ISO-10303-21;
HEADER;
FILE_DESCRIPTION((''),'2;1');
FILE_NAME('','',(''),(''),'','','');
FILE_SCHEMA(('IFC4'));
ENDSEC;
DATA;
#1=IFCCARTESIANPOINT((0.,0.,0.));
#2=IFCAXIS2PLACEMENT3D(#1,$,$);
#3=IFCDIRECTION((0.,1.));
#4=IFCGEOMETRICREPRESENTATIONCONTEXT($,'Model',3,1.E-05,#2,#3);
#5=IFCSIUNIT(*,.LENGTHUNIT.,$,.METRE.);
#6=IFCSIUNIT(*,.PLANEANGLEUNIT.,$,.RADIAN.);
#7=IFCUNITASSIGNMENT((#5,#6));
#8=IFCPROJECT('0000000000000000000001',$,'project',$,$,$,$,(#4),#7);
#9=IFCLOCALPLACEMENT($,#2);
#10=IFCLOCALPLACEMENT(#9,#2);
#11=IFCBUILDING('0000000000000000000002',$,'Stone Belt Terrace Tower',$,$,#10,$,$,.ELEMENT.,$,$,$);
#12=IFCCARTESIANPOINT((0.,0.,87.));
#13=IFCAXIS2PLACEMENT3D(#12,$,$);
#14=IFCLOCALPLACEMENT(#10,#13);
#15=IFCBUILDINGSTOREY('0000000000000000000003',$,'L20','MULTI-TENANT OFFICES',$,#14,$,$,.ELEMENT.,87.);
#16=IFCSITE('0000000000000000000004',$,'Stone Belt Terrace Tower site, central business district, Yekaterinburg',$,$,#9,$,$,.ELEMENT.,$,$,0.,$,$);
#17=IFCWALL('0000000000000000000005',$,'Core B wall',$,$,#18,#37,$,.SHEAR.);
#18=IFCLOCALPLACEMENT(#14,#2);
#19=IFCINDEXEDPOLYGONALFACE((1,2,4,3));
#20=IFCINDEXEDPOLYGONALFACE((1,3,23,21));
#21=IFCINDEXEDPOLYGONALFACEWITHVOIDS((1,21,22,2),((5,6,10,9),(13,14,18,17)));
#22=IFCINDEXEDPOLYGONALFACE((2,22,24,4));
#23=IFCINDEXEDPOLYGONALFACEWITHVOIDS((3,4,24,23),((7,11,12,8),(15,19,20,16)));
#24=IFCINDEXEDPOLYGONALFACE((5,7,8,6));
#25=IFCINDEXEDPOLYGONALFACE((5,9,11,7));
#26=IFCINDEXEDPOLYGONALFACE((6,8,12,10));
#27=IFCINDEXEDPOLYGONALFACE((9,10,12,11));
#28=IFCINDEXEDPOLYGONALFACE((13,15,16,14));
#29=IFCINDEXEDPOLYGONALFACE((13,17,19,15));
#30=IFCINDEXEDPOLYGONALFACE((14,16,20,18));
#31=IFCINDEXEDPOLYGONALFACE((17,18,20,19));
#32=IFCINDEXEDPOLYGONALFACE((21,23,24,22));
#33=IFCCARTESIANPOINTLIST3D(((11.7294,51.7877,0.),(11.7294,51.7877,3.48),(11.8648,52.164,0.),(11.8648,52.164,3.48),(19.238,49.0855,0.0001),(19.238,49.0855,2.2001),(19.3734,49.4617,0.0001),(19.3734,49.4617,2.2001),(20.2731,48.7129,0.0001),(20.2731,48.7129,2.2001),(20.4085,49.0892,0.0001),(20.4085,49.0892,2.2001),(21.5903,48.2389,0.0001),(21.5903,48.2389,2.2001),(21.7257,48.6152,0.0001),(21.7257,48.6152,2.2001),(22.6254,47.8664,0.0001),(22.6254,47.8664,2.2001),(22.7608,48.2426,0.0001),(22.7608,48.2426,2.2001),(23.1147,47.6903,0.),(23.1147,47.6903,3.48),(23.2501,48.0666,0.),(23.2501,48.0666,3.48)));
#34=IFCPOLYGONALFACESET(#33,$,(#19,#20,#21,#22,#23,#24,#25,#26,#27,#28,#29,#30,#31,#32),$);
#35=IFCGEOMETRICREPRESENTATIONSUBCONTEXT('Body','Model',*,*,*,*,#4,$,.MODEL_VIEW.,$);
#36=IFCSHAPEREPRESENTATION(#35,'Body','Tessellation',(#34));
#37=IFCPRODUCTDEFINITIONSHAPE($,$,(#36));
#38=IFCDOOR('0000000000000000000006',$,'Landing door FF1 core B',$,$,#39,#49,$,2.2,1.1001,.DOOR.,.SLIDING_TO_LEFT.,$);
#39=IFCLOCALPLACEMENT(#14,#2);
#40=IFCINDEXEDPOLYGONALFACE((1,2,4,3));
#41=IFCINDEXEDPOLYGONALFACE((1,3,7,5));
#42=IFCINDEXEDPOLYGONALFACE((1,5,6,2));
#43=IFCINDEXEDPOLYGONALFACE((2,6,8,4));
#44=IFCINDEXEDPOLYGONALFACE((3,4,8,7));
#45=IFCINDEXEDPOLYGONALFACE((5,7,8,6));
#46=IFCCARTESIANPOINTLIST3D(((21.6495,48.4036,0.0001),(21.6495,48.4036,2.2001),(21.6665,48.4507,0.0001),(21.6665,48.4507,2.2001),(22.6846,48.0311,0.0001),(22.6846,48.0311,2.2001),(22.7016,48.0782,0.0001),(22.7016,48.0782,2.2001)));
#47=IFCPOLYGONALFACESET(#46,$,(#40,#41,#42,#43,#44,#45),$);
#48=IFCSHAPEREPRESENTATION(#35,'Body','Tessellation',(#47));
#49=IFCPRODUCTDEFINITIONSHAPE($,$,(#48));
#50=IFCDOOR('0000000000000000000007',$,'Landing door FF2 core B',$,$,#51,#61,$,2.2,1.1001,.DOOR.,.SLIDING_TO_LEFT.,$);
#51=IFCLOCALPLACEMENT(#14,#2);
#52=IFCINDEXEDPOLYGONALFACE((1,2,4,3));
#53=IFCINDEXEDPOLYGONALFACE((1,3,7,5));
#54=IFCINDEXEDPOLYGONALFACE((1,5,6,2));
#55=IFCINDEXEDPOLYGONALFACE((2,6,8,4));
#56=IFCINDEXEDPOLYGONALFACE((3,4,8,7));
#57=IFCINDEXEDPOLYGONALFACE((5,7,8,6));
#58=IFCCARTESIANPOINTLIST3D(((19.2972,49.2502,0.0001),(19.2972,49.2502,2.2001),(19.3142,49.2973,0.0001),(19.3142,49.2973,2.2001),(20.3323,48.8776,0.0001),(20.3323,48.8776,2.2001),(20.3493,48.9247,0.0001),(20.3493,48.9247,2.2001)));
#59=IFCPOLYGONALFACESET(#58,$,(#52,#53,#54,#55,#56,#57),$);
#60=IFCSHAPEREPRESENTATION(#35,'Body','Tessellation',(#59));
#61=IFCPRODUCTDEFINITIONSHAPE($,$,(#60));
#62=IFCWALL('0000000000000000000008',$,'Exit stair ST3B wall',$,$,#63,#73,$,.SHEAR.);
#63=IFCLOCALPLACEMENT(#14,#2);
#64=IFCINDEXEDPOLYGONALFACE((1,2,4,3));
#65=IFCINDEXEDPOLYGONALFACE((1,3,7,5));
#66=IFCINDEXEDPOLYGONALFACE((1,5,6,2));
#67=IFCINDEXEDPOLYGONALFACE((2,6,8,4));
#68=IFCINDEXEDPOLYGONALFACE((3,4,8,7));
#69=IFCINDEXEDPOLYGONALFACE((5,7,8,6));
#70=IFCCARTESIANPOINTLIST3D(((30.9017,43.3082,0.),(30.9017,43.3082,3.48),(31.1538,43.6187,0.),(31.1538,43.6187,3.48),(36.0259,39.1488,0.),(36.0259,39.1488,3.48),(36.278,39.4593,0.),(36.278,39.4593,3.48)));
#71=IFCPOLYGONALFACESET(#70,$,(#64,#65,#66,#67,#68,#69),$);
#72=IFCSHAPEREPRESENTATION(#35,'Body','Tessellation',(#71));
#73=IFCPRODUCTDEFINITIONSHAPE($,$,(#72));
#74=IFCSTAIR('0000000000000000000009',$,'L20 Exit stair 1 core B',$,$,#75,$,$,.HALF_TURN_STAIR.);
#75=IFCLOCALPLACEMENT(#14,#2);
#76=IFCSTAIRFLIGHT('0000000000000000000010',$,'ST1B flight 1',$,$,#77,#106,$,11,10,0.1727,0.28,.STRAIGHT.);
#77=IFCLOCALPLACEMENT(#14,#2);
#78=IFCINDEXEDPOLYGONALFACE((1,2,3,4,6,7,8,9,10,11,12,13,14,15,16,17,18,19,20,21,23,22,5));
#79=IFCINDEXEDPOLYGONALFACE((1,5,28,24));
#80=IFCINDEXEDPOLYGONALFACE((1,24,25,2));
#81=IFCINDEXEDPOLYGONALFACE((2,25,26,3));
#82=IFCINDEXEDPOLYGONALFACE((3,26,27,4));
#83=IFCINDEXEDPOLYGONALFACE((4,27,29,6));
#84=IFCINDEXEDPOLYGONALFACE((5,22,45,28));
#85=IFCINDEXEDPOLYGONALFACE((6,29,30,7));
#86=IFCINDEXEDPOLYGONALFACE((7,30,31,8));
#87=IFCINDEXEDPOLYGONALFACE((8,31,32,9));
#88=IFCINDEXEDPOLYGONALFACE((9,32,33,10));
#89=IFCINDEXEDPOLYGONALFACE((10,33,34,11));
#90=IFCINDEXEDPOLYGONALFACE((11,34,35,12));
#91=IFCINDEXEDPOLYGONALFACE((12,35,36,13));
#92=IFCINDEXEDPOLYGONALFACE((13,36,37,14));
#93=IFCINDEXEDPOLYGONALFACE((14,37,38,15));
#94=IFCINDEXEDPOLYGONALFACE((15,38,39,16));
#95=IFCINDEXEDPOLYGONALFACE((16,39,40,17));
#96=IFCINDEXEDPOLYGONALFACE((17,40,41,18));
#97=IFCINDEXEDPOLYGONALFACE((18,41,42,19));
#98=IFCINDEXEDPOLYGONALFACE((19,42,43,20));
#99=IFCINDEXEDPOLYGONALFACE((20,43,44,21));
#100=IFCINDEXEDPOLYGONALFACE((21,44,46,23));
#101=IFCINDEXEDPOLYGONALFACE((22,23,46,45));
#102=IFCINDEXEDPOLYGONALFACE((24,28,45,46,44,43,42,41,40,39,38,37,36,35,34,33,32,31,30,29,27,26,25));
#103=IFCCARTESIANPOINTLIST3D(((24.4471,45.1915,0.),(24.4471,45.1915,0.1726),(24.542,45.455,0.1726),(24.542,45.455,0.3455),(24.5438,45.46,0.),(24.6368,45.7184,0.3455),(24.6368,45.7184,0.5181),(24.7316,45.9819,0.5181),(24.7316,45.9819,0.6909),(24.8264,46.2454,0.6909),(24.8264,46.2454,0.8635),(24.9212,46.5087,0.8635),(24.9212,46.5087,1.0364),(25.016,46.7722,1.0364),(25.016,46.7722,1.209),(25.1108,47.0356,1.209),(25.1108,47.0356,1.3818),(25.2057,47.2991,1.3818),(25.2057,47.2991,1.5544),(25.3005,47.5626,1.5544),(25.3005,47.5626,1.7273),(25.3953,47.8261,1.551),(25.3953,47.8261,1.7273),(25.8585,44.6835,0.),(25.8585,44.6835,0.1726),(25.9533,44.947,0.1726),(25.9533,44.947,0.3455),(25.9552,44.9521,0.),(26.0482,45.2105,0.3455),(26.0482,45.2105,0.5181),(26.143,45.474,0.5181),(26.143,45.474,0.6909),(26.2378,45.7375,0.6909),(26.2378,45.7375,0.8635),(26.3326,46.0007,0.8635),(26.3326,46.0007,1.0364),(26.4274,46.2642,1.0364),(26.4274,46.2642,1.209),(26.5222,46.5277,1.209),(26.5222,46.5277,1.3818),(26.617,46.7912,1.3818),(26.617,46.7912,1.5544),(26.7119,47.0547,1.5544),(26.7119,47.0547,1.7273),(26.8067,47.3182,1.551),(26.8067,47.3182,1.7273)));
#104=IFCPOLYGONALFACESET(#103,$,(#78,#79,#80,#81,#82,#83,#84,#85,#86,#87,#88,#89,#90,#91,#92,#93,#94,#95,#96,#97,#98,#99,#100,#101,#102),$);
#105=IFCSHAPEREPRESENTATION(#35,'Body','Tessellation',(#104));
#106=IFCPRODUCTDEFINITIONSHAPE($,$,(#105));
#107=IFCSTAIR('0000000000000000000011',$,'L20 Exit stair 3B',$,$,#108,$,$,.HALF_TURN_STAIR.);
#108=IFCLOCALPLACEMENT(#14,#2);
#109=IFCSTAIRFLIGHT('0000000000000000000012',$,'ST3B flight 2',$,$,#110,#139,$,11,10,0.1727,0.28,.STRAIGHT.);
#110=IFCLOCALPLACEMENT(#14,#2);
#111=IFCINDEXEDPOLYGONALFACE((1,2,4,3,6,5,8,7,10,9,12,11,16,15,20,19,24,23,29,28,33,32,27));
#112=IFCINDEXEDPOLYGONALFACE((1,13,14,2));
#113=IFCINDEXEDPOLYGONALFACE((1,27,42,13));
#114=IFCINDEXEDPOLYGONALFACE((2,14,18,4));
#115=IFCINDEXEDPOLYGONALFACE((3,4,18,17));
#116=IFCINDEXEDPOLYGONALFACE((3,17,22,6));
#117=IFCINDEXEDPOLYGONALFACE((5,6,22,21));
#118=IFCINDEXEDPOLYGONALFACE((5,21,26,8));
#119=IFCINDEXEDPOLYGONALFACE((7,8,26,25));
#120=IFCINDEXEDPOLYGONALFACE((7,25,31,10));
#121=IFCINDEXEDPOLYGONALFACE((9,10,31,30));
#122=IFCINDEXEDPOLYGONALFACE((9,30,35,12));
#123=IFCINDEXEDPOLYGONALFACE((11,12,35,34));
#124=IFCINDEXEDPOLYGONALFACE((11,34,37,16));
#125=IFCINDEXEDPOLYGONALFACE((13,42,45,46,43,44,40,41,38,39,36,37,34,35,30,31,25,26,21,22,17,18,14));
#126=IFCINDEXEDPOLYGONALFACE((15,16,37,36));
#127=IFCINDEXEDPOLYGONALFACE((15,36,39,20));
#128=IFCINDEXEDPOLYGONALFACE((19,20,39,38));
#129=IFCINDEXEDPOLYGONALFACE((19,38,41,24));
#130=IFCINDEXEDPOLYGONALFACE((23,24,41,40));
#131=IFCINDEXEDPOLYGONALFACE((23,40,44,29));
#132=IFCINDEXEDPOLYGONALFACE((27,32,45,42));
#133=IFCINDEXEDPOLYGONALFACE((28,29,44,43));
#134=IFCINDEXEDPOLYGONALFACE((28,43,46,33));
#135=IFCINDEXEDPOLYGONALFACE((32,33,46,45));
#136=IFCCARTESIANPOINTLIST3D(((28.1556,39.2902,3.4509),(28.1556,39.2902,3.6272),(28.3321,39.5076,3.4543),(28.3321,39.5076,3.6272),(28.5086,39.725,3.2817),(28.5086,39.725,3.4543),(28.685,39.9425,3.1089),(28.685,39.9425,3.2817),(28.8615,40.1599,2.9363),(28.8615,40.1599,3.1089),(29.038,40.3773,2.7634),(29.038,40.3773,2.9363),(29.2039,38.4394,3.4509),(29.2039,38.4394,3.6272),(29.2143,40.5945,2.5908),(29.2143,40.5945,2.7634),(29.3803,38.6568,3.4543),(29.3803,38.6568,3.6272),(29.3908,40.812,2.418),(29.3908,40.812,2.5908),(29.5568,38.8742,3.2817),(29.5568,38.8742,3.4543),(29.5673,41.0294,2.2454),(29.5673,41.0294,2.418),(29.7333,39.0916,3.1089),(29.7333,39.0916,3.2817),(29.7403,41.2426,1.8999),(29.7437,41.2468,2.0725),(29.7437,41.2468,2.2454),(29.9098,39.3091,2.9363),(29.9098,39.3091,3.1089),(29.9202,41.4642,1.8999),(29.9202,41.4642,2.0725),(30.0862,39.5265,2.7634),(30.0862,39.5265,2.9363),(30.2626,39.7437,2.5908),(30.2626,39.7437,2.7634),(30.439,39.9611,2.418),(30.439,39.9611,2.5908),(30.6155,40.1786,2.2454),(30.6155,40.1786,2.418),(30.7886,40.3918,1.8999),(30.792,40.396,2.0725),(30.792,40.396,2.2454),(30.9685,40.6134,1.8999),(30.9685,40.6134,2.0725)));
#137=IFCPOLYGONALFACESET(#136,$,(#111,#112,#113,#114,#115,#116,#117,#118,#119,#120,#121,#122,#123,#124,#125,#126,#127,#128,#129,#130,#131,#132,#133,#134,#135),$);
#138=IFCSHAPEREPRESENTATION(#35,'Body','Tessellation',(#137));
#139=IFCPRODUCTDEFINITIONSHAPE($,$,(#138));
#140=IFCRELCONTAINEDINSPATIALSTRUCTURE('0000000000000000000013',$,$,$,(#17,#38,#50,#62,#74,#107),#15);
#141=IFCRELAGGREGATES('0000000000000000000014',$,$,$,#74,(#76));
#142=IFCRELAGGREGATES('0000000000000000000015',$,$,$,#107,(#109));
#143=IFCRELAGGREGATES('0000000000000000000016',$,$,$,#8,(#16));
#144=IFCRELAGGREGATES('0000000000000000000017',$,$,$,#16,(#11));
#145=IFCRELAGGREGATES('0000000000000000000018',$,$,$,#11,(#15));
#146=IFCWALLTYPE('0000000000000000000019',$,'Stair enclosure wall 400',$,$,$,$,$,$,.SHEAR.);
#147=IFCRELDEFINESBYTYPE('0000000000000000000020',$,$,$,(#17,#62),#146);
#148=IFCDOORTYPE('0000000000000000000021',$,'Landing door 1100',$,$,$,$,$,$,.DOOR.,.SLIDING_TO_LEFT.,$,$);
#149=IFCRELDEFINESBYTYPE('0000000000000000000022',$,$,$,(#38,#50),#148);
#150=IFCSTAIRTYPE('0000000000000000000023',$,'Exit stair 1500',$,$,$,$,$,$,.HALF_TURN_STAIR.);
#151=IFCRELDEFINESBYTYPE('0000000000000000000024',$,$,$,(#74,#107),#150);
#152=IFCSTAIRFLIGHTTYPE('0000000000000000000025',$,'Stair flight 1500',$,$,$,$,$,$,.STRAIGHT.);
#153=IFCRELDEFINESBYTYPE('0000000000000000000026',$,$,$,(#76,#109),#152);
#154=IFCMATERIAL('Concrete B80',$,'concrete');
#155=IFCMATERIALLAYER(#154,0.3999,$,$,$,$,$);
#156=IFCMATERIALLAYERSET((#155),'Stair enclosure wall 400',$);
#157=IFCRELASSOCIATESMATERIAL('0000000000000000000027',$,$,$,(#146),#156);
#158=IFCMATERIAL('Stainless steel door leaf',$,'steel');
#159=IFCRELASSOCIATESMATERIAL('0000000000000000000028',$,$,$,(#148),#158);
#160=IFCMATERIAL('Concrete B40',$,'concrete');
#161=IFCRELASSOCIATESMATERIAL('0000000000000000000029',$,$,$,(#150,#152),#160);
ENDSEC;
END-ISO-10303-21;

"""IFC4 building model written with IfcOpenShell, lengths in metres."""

from ifc_helpers import new_model, si_unit, direction, frame, frame_2d, origin, place, context, subcontext, project, spatial, polyline, rectangle, outline, extrude, material, layer, layer_set, type_object, element, fill, aggregate, save


model = new_model("IFC4")

# Units and contexts
model_context = context("Model", 3, precision=1e-05, world=origin(), true_north=direction((0.0, 1.0)))
body_context = subcontext(model_context, "Body", "Model", "MODEL_VIEW")
ifc_project = project(units=[si_unit("LENGTHUNIT", "METRE"), si_unit("PLANEANGLEUNIT", "RADIAN")], contexts=[model_context])

# Site, building, storey
site_placement = place(None, origin())
site = spatial("IfcSite", under=ifc_project, at=site_placement, Name="Stone Belt Terrace Tower site, central business district, Yekaterinburg", CompositionType="ELEMENT", RefElevation=0.0)
building_placement = place(site_placement, origin())
building = spatial("IfcBuilding", under=site, at=building_placement, Name="Stone Belt Terrace Tower", CompositionType="ELEMENT")
storey_placement = place(building_placement, frame((0.0, 0.0, 87.0)))
storey = spatial("IfcBuildingStorey", under=building, at=storey_placement, Name="L20", Description="MULTI-TENANT OFFICES", CompositionType="ELEMENT", Elevation=87.0)

# Shared definitions
ifc_material_1 = material(Name="Concrete B80", Category="concrete")

# Wall, openings, doors
ifc_layer_1 = layer(ifc_material_1, 0.3999)
ifc_layer_set_1 = layer_set([ifc_layer_1], Name="Stair enclosure wall 400")
wall_type_1 = type_object("IfcWallType", Name="Stair enclosure wall 400", PredefinedType="SHEAR", material=ifc_layer_set_1)
wall_1_placement = place(storey_placement, frame((23.1824, 47.8784, 0.0), z_axis=(0.0, 0.0, 1.0), x_axis=(-0.940921, 0.338626, 0.0)))
wall_1 = element("IfcWall", 1, at=wall_1_placement, inside=storey, type_object=wall_type_1, Name="Core B wall", PredefinedType="SHEAR", context=body_context, shape_type="SweptSolid", body=[
    extrude(rectangle(XDim=12.1001, YDim=0.3999, at=frame_2d((6.05, 0.0))), origin(), (0.0, 0.0, 1.0), 3.48),
])
opening_1_placement = place(wall_1_placement, frame((0.52, 0.0, 0.0)))
opening_1 = element("IfcOpeningElement", 2, at=opening_1_placement, cuts=wall_1, PredefinedType="OPENING", context=body_context, shape_type="SweptSolid", body=[
    extrude(rectangle(XDim=1.1001, YDim=2.2, at=frame_2d((0.55, 1.1001))), frame((0.0, 0.21, 0.0), z_axis=(0.0, -1.0, 0.0), x_axis=(1.0, 0.0, 0.0)), (0.0, 0.0, 1.0), 0.4199),
])
opening_2_placement = place(wall_1_placement, frame((3.02, 0.0, 0.0)))
opening_2 = element("IfcOpeningElement", 3, at=opening_2_placement, cuts=wall_1, PredefinedType="OPENING", context=body_context, shape_type="SweptSolid", body=[
    extrude(rectangle(XDim=1.1001, YDim=2.2, at=frame_2d((0.55, 1.1001))), frame((0.0, 0.21, 0.0), z_axis=(0.0, -1.0, 0.0), x_axis=(1.0, 0.0, 0.0)), (0.0, 0.0, 1.0), 0.4199),
])
ifc_material_2 = material(Name="Stainless steel door leaf", Category="steel")
door_type_1 = type_object("IfcDoorType", Name="Landing door 1100", OperationType="SLIDING_TO_LEFT", PredefinedType="DOOR", material=ifc_material_2)
door_1_placement = place(opening_1_placement, origin())
door_1 = element("IfcDoor", 4, at=door_1_placement, inside=storey, type_object=door_type_1, Name="Landing door FF1 core B", OperationType="SLIDING_TO_LEFT", OverallHeight=2.2, OverallWidth=1.1001, PredefinedType="DOOR", context=body_context, shape_type="SweptSolid", body=[
    extrude(rectangle(XDim=1.1001, YDim=2.2, at=frame_2d((0.55, 1.1001))), frame((0.0, 0.0249, 0.0), z_axis=(0.0, -1.0, 0.0), x_axis=(1.0, 0.0, 0.0)), (0.0, 0.0, 1.0), 0.05),
])
fill(opening_1, door_1)
door_2_placement = place(opening_2_placement, origin())
door_2 = element("IfcDoor", 5, at=door_2_placement, inside=storey, type_object=door_type_1, Name="Landing door FF2 core B", OperationType="SLIDING_TO_LEFT", OverallHeight=2.2, OverallWidth=1.1001, PredefinedType="DOOR", context=body_context, shape_type="SweptSolid", body=[
    extrude(rectangle(XDim=1.1001, YDim=2.2, at=frame_2d((0.55, 1.1001))), frame((0.0, 0.0249, 0.0), z_axis=(0.0, -1.0, 0.0), x_axis=(1.0, 0.0, 0.0)), (0.0, 0.0, 1.0), 0.05),
])
fill(opening_2, door_2)

# Wall
wall_2_placement = place(storey_placement, frame((31.0278, 43.4634, 0.0), z_axis=(0.0, 0.0, 1.0), x_axis=(0.776414, -0.630224, 0.0)))
element("IfcWall", 6, at=wall_2_placement, inside=storey, type_object=wall_type_1, Name="Exit stair ST3B wall", PredefinedType="SHEAR", context=body_context, shape_type="SweptSolid", body=[
    extrude(rectangle(XDim=6.5999, YDim=0.3999, at=frame_2d((3.2998, 0.0))), origin(), (0.0, 0.0, 1.0), 3.48),
])

# Stairs, stair flights
ifc_material_3 = material(Name="Concrete B40", Category="concrete")
stair_type = type_object("IfcStairType", Name="Exit stair 1500", PredefinedType="HALF_TURN_STAIR", material=ifc_material_3)
stair_1_placement = place(storey_placement, origin())
stair_1 = element("IfcStair", 7, at=stair_1_placement, inside=storey, type_object=stair_type, Name="L20 Exit stair 1 core B", PredefinedType="HALF_TURN_STAIR")
stair_flight_type = type_object("IfcStairFlightType", Name="Stair flight 1500", PredefinedType="STRAIGHT", material=ifc_material_3)
stair_flight_1_placement = place(storey_placement, frame((25.1528, 44.9375, 0.0), z_axis=(0.0, 0.0, 1.0), x_axis=(0.338624, 0.940922, 0.0)))
stair_flight_1 = element("IfcStairFlight", 8, at=stair_flight_1_placement, type_object=stair_flight_type, Name="ST1B flight 1", NumberOfRisers=11, NumberOfTreads=10, PredefinedType="STRAIGHT", RiserHeight=0.1727, TreadLength=0.28, context=body_context, shape_type="SweptSolid", body=[
    extrude(outline(polyline([(0.0, 0.0), (0.0, 0.1726), (0.28, 0.1726), (0.28, 0.3455), (0.5601, 0.3455), (0.5601, 0.5181), (0.8401, 0.5181), (0.8401, 0.6909), (1.1201, 0.6909), (1.1201, 0.8635), (1.3999, 0.8635), (1.3999, 1.0364), (1.6799, 1.0364), (1.6799, 1.209), (1.96, 1.209), (1.96, 1.3818), (2.24, 1.3818), (2.24, 1.5544), (2.52, 1.5544), (2.52, 1.7273), (2.8, 1.7273), (2.8, 1.8999), (2.8, 1.551), (0.2854, 0.0), (0.0, 0.0)])), frame((0.0, 0.75, 0.0), z_axis=(0.0, -1.0, 0.0), x_axis=(1.0, 0.0, 0.0)), (0.0, 0.0, 1.0), 1.5),
])
aggregate(stair_1, [stair_flight_1])
stair_2_placement = place(storey_placement, origin())
stair_2 = element("IfcStair", 9, at=stair_2_placement, inside=storey, type_object=stair_type, Name="L20 Exit stair 3B", PredefinedType="HALF_TURN_STAIR")
stair_flight_2_placement = place(storey_placement, frame((30.4443, 41.0388, 1.8999), z_axis=(0.0, 0.0, 1.0), x_axis=(-0.630206, -0.776428, 0.0)))
stair_flight_2 = element("IfcStairFlight", 10, at=stair_flight_2_placement, type_object=stair_flight_type, Name="ST3B flight 2", NumberOfRisers=11, NumberOfTreads=10, PredefinedType="STRAIGHT", RiserHeight=0.1727, TreadLength=0.28, context=body_context, shape_type="SweptSolid", body=[
    extrude(outline(polyline([(0.0, 0.0), (0.0, 0.1726), (0.28, 0.1726), (0.28, 0.3455), (0.5601, 0.3455), (0.5601, 0.5181), (0.8401, 0.5181), (0.8401, 0.6909), (1.1201, 0.6909), (1.1201, 0.8635), (1.3999, 0.8635), (1.3999, 1.0364), (1.6799, 1.0364), (1.6799, 1.209), (1.96, 1.209), (1.96, 1.3818), (2.24, 1.3818), (2.24, 1.5544), (2.52, 1.5544), (2.52, 1.7273), (2.8, 1.7273), (2.8, 1.8999), (2.8, 1.551), (0.2854, 0.0), (0.0, 0.0)])), frame((0.0, 0.675, 0.0), z_axis=(0.0, -1.0, 0.0), x_axis=(1.0, 0.0, 0.0)), (0.0, 0.0, 1.0), 1.3501),
])
aggregate(stair_2, [stair_flight_2])

save(model, "model.ifc")
